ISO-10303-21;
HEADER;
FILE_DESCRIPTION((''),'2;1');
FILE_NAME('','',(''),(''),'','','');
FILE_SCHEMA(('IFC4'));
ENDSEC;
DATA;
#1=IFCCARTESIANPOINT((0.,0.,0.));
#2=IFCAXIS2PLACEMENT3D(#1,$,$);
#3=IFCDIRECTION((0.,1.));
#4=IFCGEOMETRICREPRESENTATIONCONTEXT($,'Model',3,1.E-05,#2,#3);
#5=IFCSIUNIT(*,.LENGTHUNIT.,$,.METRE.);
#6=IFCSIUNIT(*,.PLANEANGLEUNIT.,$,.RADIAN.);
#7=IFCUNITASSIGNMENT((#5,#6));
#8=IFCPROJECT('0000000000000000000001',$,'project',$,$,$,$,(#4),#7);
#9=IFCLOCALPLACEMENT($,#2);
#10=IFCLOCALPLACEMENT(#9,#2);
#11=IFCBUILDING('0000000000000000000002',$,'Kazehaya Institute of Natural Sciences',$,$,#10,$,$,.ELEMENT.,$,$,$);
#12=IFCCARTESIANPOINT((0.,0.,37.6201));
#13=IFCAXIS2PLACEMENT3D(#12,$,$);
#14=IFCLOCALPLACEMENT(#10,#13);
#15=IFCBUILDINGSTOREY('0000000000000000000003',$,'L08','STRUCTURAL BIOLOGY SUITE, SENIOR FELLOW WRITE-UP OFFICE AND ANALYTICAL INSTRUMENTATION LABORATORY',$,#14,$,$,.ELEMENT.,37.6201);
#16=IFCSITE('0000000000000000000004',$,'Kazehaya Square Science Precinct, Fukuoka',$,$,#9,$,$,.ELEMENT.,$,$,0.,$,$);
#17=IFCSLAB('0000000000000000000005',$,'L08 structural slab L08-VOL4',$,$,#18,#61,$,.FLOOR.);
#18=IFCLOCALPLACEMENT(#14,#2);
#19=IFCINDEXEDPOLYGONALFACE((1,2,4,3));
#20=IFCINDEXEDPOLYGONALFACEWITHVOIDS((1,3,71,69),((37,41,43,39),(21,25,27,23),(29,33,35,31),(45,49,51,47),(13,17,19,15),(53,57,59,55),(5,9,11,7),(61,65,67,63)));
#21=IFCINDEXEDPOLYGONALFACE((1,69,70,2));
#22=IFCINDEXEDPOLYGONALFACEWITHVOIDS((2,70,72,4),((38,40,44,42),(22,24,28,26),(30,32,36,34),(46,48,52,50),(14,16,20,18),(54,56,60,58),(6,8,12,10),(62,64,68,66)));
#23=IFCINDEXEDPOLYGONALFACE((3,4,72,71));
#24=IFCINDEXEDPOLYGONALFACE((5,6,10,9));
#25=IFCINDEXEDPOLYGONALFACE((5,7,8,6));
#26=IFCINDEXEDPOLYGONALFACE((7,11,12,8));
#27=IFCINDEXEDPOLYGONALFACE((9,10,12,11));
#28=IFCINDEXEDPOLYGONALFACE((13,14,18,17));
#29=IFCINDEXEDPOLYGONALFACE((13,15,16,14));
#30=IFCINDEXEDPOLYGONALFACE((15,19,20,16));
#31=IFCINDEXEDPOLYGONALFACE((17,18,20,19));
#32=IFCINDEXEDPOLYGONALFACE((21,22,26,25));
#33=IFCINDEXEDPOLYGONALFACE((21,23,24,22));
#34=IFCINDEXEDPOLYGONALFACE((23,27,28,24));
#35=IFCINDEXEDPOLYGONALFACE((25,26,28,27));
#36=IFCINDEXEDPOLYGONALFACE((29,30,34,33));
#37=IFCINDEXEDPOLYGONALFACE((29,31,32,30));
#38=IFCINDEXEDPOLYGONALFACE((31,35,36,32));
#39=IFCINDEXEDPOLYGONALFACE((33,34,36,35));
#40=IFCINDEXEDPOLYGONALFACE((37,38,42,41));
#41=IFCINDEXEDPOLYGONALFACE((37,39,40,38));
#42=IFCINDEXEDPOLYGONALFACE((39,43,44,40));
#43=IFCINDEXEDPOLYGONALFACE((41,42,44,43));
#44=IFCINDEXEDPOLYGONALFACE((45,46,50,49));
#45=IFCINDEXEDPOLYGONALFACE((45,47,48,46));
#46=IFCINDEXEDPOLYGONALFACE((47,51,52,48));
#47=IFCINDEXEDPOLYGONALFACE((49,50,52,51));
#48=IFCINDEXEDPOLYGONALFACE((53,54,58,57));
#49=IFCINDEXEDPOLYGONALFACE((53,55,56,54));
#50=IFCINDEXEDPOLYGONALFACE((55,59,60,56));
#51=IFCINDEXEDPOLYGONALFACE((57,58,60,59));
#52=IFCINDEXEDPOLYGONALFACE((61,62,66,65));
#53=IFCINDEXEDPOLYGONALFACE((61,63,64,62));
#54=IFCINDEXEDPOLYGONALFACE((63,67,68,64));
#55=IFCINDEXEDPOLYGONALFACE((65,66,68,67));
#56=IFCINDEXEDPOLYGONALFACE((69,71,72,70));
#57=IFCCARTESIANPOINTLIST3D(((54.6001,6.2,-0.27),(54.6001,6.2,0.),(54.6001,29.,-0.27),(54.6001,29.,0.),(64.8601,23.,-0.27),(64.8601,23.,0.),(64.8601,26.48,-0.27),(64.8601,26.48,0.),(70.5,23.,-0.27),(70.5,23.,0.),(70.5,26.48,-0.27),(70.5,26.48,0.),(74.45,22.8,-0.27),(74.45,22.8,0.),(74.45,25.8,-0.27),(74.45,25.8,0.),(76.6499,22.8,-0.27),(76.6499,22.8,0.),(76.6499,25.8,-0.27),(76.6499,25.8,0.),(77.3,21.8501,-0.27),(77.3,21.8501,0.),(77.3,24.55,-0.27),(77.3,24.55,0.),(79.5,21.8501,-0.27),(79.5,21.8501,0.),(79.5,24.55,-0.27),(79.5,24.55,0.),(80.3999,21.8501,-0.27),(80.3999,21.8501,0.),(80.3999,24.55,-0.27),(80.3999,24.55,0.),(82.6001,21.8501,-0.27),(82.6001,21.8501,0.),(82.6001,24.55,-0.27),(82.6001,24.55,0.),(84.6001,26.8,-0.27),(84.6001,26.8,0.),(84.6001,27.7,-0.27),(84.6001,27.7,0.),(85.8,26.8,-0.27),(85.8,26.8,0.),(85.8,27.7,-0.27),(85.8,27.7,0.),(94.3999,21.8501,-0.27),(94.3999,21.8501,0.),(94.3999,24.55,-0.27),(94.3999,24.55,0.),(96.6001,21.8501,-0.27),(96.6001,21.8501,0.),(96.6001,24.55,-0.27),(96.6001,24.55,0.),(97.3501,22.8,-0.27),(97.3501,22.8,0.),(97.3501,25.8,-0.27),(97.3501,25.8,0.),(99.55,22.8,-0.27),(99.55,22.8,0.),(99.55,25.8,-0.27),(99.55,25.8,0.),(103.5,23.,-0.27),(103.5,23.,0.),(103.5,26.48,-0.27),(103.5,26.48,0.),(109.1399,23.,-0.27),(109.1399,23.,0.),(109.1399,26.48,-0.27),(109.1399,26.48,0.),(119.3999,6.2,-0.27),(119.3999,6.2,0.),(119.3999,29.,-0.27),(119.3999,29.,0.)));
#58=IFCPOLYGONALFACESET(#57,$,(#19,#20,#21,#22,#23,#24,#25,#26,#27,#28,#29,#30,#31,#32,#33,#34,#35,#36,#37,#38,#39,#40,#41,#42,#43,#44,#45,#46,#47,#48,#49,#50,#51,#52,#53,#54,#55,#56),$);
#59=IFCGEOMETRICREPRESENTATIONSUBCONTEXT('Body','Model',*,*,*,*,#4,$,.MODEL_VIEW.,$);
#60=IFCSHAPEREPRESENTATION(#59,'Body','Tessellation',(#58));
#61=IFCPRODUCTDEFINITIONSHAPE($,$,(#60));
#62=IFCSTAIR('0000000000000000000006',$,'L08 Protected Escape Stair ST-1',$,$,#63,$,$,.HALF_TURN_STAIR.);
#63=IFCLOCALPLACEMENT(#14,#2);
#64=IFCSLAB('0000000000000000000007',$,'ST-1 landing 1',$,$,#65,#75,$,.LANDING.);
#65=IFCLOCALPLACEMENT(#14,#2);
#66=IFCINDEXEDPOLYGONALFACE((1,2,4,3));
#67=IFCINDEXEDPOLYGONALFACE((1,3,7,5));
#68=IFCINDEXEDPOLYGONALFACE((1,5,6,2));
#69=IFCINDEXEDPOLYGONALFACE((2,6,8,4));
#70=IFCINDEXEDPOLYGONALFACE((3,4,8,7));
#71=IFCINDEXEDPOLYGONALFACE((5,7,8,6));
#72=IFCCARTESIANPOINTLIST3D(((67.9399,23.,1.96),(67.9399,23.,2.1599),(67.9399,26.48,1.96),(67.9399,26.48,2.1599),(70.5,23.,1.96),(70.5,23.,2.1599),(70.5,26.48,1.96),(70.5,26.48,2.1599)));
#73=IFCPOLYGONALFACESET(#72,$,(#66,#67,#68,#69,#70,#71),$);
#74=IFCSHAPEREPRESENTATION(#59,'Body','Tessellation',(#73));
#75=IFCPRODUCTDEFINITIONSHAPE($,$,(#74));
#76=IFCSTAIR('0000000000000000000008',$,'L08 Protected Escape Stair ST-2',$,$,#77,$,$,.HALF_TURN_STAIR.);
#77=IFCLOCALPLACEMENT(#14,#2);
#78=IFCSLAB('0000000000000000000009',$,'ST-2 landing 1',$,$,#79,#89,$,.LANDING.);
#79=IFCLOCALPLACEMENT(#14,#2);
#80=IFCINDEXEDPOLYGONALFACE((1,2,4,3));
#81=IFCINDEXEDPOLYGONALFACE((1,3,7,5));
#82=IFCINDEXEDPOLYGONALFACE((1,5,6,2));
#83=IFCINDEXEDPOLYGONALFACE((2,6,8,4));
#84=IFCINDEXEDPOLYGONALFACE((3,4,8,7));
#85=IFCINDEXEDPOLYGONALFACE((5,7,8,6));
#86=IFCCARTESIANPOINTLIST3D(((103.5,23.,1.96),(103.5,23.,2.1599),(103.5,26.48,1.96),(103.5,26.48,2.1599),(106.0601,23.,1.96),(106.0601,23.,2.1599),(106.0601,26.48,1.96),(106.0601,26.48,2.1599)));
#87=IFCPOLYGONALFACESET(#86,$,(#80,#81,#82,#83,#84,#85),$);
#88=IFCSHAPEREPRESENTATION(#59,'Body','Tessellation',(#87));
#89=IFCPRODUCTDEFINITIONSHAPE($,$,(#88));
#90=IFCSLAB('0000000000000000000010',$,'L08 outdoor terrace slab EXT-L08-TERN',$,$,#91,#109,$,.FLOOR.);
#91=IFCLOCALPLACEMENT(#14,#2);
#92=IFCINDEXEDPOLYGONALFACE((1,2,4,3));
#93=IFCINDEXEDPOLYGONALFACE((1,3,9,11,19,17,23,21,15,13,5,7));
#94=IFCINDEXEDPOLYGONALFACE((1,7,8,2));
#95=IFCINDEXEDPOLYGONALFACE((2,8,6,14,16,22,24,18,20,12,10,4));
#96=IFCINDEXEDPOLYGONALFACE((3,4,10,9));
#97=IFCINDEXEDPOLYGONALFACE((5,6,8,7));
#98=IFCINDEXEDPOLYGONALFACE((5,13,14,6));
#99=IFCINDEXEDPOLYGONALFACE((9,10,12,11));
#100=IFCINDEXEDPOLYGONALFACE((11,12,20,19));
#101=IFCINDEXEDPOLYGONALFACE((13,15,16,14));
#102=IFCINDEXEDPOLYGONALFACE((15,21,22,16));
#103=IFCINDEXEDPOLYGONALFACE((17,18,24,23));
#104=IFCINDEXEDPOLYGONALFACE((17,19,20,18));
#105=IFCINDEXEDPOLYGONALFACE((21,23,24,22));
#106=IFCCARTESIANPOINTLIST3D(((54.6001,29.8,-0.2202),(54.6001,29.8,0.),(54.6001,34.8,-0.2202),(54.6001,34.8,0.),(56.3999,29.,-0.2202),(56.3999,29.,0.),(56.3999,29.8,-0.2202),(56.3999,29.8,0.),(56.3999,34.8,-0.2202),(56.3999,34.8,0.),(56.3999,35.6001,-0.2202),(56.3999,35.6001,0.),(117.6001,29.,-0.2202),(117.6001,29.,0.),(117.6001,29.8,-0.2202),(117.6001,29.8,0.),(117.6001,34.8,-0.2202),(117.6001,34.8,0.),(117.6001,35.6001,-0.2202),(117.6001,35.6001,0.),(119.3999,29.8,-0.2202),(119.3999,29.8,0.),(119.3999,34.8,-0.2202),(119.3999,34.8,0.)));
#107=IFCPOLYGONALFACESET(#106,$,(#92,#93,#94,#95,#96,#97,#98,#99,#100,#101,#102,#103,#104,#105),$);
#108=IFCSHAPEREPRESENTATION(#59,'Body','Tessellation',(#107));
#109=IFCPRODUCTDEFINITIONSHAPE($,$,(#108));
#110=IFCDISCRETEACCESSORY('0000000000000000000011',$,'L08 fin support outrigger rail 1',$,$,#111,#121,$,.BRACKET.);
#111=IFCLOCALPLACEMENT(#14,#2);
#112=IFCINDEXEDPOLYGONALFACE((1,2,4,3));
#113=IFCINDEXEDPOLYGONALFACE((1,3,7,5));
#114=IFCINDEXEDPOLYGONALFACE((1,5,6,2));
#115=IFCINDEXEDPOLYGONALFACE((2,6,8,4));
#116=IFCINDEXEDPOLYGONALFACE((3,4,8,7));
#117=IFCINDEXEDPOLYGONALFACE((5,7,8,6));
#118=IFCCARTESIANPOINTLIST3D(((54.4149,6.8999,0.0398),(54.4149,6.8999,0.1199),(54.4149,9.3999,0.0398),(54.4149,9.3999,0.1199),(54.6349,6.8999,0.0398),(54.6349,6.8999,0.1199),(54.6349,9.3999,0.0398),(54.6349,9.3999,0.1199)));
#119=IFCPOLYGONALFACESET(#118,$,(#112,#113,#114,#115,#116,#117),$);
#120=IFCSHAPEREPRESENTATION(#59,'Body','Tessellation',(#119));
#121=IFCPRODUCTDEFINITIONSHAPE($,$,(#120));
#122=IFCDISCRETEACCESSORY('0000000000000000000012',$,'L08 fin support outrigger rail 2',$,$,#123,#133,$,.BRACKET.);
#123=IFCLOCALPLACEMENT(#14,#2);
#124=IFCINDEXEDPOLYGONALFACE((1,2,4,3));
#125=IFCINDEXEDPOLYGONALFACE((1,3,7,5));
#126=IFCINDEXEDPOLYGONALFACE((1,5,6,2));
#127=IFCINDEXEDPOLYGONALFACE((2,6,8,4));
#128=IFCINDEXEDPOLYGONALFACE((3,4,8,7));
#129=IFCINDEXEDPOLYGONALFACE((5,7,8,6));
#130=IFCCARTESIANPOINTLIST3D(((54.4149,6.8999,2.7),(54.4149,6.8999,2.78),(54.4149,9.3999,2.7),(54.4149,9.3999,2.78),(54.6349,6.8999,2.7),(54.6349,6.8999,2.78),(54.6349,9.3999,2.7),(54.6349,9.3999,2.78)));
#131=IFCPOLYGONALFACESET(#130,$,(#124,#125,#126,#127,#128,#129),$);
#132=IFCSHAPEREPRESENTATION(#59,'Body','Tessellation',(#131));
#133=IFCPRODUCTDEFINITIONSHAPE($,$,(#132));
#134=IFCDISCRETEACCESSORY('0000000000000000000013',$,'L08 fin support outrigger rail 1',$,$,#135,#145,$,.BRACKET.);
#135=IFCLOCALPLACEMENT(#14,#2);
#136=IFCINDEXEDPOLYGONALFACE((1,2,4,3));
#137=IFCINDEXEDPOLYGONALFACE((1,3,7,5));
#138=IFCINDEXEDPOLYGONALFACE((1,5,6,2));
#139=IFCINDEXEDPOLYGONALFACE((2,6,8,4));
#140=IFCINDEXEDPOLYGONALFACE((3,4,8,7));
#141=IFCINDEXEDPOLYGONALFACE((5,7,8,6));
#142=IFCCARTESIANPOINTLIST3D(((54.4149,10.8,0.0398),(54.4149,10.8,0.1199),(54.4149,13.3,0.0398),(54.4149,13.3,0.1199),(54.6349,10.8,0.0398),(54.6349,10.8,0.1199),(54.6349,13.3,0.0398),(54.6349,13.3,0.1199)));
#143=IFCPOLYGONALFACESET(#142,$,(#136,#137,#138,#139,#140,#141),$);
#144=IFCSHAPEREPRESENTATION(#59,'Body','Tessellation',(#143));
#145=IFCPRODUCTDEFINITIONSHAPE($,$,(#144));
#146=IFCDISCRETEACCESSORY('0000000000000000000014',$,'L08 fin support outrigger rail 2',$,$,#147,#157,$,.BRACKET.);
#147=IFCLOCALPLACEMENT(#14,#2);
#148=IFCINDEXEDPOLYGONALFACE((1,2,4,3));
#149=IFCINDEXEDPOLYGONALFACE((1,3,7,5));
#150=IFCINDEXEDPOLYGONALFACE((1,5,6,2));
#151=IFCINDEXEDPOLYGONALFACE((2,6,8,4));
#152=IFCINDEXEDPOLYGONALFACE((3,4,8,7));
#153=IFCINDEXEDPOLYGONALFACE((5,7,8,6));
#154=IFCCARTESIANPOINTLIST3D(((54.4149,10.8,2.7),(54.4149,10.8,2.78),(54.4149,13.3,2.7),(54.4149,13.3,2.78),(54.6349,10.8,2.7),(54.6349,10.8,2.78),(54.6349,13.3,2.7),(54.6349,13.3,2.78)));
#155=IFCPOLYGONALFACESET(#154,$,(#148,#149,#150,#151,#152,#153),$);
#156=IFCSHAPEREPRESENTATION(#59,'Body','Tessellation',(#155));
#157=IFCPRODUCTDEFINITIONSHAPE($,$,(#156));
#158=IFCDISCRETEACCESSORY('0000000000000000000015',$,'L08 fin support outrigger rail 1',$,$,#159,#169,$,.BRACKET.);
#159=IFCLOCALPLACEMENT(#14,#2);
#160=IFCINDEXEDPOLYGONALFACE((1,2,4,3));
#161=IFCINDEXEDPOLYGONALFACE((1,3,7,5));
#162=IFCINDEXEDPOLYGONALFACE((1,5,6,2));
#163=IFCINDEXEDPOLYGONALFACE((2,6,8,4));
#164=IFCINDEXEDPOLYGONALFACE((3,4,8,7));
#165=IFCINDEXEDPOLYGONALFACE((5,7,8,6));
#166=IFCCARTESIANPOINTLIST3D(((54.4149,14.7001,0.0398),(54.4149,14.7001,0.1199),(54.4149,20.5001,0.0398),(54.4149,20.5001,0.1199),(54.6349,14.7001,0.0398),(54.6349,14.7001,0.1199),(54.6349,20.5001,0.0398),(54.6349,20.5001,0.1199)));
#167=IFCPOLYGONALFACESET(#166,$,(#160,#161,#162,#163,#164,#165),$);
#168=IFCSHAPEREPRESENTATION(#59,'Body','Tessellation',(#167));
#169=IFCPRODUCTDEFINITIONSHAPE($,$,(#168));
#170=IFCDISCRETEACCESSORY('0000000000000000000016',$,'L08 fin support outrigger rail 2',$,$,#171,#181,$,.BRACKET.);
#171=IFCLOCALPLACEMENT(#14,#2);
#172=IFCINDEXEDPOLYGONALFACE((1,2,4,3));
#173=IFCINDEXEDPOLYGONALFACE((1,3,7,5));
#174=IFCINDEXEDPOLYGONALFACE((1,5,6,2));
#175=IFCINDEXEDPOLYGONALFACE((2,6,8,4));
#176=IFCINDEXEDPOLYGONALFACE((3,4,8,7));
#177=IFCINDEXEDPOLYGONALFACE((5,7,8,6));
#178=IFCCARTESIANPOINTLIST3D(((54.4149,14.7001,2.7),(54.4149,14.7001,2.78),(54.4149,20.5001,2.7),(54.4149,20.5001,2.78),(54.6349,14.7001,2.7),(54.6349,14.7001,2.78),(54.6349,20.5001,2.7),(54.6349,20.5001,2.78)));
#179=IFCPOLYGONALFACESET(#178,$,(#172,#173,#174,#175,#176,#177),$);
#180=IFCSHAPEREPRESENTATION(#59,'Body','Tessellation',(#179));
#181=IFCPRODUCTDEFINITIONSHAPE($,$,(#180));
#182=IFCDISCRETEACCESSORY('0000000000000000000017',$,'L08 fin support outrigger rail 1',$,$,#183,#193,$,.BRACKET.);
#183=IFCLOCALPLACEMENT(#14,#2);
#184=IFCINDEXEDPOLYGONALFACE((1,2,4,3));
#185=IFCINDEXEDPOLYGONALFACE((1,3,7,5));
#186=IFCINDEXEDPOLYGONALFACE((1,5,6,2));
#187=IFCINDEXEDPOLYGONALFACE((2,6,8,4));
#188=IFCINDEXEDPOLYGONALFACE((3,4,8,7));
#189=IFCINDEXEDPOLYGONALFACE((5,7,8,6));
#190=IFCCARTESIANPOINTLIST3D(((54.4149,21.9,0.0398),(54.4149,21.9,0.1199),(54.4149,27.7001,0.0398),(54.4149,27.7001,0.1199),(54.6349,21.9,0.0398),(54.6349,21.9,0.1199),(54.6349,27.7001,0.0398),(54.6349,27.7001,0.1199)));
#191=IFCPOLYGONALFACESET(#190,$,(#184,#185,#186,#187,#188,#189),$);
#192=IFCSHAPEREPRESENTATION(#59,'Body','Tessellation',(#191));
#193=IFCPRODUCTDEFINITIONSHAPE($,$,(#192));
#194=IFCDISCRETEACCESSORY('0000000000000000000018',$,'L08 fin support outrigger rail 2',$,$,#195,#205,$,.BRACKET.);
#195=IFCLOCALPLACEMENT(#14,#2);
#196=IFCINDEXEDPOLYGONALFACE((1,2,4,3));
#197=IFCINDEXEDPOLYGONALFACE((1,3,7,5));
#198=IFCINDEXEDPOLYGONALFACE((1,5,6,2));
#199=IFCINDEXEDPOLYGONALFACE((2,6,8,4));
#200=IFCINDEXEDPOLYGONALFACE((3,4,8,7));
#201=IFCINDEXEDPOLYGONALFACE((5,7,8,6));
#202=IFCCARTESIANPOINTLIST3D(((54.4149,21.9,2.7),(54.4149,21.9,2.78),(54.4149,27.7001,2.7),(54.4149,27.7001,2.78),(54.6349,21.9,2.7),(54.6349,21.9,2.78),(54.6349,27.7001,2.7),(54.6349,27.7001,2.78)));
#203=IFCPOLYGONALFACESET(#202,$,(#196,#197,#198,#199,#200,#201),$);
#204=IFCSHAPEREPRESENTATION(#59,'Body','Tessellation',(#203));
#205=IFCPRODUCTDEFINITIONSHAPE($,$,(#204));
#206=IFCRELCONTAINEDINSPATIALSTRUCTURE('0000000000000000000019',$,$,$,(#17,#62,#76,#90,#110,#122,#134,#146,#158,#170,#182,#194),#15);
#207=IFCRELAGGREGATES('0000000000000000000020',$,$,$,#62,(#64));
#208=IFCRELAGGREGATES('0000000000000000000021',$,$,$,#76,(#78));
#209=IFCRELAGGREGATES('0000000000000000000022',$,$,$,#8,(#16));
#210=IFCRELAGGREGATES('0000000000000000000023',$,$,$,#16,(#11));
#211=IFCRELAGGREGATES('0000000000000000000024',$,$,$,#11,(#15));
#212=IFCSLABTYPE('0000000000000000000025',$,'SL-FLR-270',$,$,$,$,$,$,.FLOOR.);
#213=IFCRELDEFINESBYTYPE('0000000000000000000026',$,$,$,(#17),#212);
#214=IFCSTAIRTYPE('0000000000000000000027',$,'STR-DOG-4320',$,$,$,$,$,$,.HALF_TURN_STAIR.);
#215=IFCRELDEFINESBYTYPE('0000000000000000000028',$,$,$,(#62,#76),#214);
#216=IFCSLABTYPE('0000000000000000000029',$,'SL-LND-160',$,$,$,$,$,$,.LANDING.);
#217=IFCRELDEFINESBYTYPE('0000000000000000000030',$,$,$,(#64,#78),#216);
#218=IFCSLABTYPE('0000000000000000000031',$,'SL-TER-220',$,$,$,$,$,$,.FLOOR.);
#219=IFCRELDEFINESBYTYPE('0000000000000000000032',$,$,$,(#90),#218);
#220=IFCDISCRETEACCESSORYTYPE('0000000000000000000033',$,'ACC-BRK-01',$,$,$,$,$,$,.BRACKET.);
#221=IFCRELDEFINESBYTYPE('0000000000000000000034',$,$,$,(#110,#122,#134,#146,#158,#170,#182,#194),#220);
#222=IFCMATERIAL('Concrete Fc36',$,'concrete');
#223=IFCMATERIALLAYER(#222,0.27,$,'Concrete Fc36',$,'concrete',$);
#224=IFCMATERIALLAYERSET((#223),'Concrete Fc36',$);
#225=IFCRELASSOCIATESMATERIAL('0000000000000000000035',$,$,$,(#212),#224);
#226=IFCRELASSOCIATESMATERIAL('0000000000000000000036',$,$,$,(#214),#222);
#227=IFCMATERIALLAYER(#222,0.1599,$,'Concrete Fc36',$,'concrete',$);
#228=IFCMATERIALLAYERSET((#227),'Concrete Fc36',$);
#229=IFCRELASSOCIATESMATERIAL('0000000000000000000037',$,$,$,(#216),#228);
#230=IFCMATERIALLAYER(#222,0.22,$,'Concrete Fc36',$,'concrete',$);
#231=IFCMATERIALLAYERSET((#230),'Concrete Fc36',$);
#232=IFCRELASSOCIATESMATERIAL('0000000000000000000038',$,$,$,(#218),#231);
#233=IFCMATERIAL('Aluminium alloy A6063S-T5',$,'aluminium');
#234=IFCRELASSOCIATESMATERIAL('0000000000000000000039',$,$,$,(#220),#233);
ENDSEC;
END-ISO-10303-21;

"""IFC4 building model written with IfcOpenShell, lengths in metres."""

from ifc_helpers import new_model, si_unit, direction, frame, origin, origin_2d, place, context, subcontext, project, spatial, polyline, rectangle, outline, extrude, material, layer, layer_set, type_object, element, aggregate, save


model = new_model("IFC4")

# Units and contexts
model_context = context("Model", 3, precision=1e-05, world=origin(), true_north=direction((0.0, 1.0)))
body_context = subcontext(model_context, "Body", "Model", "MODEL_VIEW")
ifc_project = project(units=[si_unit("LENGTHUNIT", "METRE"), si_unit("PLANEANGLEUNIT", "RADIAN")], contexts=[model_context])

# Site, building, storey
site_placement = place(None, origin())
site = spatial("IfcSite", under=ifc_project, at=site_placement, Name="Kazehaya Square Science Precinct, Fukuoka", CompositionType="ELEMENT", RefElevation=0.0)
building_placement = place(site_placement, origin())
building = spatial("IfcBuilding", under=site, at=building_placement, Name="Kazehaya Institute of Natural Sciences", CompositionType="ELEMENT")
storey_placement = place(building_placement, frame((0.0, 0.0, 37.6201)))
storey = spatial("IfcBuildingStorey", under=building, at=storey_placement, Name="L08", Description="STRUCTURAL BIOLOGY SUITE, SENIOR FELLOW WRITE-UP OFFICE AND ANALYTICAL INSTRUMENTATION LABORATORY", CompositionType="ELEMENT", Elevation=37.6201)

# Shared definitions
ifc_material_1 = material(Name="Concrete Fc36", Category="concrete")

# Shared definitions
ifc_material_2 = material(Name="Aluminium alloy A6063S-T5", Category="aluminium")

# Slab
ifc_layer_1 = layer(ifc_material_1, 0.27, Name="Concrete Fc36", Category="concrete")
ifc_layer_set_1 = layer_set([ifc_layer_1], Name="Concrete Fc36")
slab_type_1 = type_object("IfcSlabType", Name="SL-FLR-270", PredefinedType="FLOOR", material=ifc_layer_set_1)
slab_1_placement = place(storey_placement, frame((0.0, 0.0, -0.27)))
element("IfcSlab", 1, at=slab_1_placement, inside=storey, type_object=slab_type_1, Name="L08 structural slab L08-VOL4", PredefinedType="FLOOR", context=body_context, shape_type="SweptSolid", body=[
    extrude(outline(polyline([(54.6001, 6.2), (119.3999, 6.2), (119.3999, 29.0), (54.6001, 29.0), (54.6001, 6.2)]), holes=[polyline([(84.6001, 26.8), (85.8, 26.8), (85.8, 27.7), (84.6001, 27.7), (84.6001, 26.8)]), polyline([(64.8601, 23.0), (70.5, 23.0), (70.5, 26.48), (64.8601, 26.48), (64.8601, 23.0)]), polyline([(103.5, 23.0), (109.1399, 23.0), (109.1399, 26.48), (103.5, 26.48), (103.5, 23.0)]), polyline([(74.45, 22.8), (76.6499, 22.8), (76.6499, 25.8), (74.45, 25.8), (74.45, 22.8)]), polyline([(97.3501, 22.8), (99.55, 22.8), (99.55, 25.8), (97.3501, 25.8), (97.3501, 22.8)]), polyline([(77.3, 21.8501), (79.5, 21.8501), (79.5, 24.55), (77.3, 24.55), (77.3, 21.8501)]), polyline([(80.3999, 21.8501), (82.6001, 21.8501), (82.6001, 24.55), (80.3999, 24.55), (80.3999, 21.8501)]), polyline([(94.3999, 21.8501), (96.6001, 21.8501), (96.6001, 24.55), (94.3999, 24.55), (94.3999, 21.8501)])]), origin(), (0.0, 0.0, 1.0), 0.27),
])

# Stairs, slabs
stair_type = type_object("IfcStairType", Name="STR-DOG-4320", PredefinedType="HALF_TURN_STAIR", material=ifc_material_1)
stair_1_placement = place(storey_placement, origin())
stair_1 = element("IfcStair", 2, at=stair_1_placement, inside=storey, type_object=stair_type, Name="L08 Protected Escape Stair ST-1", PredefinedType="HALF_TURN_STAIR")
ifc_layer_2 = layer(ifc_material_1, 0.1599, Name="Concrete Fc36", Category="concrete")
ifc_layer_set_2 = layer_set([ifc_layer_2], Name="Concrete Fc36")
slab_type_2 = type_object("IfcSlabType", Name="SL-LND-160", PredefinedType="LANDING", material=ifc_layer_set_2)
slab_2_placement = place(storey_placement, frame((0.0, 0.0, 1.96)))
slab_2 = element("IfcSlab", 3, at=slab_2_placement, type_object=slab_type_2, Name="ST-1 landing 1", PredefinedType="LANDING", context=body_context, shape_type="SweptSolid", body=[
    extrude(outline(polyline([(67.9399, 23.0), (70.5, 23.0), (70.5, 26.48), (67.9399, 26.48), (67.9399, 23.0)])), origin(), (0.0, 0.0, 1.0), 0.2),
])
aggregate(stair_1, [slab_2])
stair_2_placement = place(storey_placement, origin())
stair_2 = element("IfcStair", 4, at=stair_2_placement, inside=storey, type_object=stair_type, Name="L08 Protected Escape Stair ST-2", PredefinedType="HALF_TURN_STAIR")
slab_3_placement = place(storey_placement, frame((0.0, 0.0, 1.96)))
slab_3 = element("IfcSlab", 5, at=slab_3_placement, type_object=slab_type_2, Name="ST-2 landing 1", PredefinedType="LANDING", context=body_context, shape_type="SweptSolid", body=[
    extrude(outline(polyline([(106.0601, 26.48), (103.5, 26.48), (103.5, 23.0), (106.0601, 23.0), (106.0601, 26.48)])), origin(), (0.0, 0.0, 1.0), 0.2),
])
aggregate(stair_2, [slab_3])

# Slab
ifc_layer_3 = layer(ifc_material_1, 0.22, Name="Concrete Fc36", Category="concrete")
ifc_layer_set_3 = layer_set([ifc_layer_3], Name="Concrete Fc36")
slab_type_3 = type_object("IfcSlabType", Name="SL-TER-220", PredefinedType="FLOOR", material=ifc_layer_set_3)
slab_4_placement = place(storey_placement, frame((0.0, 0.0, -0.2202)))
element("IfcSlab", 6, at=slab_4_placement, inside=storey, type_object=slab_type_3, Name="L08 outdoor terrace slab EXT-L08-TERN", PredefinedType="FLOOR", context=body_context, shape_type="SweptSolid", body=[
    extrude(outline(polyline([(56.3999, 29.0), (117.6001, 29.0), (117.6001, 29.8), (119.3999, 29.8), (119.3999, 34.8), (117.6001, 34.8), (117.6001, 35.6001), (56.3999, 35.6001), (56.3999, 34.8), (54.6001, 34.8), (54.6001, 29.8), (56.3999, 29.8), (56.3999, 29.0)])), origin(), (0.0, 0.0, 1.0), 0.2202),
])

# Discrete accessories
discrete_accessory_type_1 = type_object("IfcDiscreteAccessoryType", Name="ACC-BRK-01", PredefinedType="BRACKET", material=ifc_material_2)
for number, where, z_axis, x_axis, name in (
    (7, (54.5249, 8.1499, 0.0398), (0.0, 0.0, 1.0), (0.0, 1.0, 0.0), "L08 fin support outrigger rail 1"),
    (8, (54.5249, 8.1499, 2.7), (0.0, 0.0, 1.0), (0.0, 1.0, 0.0), "L08 fin support outrigger rail 2"),
    (9, (54.5249, 12.05, 0.0398), (0.0, 0.0, 1.0), (0.0, 1.0, 0.0), "L08 fin support outrigger rail 1"),
    (10, (54.5249, 12.05, 2.7), (0.0, 0.0, 1.0), (0.0, 1.0, 0.0), "L08 fin support outrigger rail 2"),
):
    element("IfcDiscreteAccessory", number, at=place(storey_placement, frame(where, z_axis=z_axis, x_axis=x_axis)), inside=storey, type_object=discrete_accessory_type_1, Name=name, PredefinedType="BRACKET", context=body_context, shape_type="SweptSolid", body=[
        extrude(rectangle(XDim=2.5, YDim=0.22, at=origin_2d()), origin(), (0.0, 0.0, 1.0), 0.0801),
    ])
for number, where, z_axis, x_axis, name in (
    (11, (54.5249, 17.6001, 0.0398), (0.0, 0.0, 1.0), (0.0, 1.0, 0.0), "L08 fin support outrigger rail 1"),
    (12, (54.5249, 17.6001, 2.7), (0.0, 0.0, 1.0), (0.0, 1.0, 0.0), "L08 fin support outrigger rail 2"),
    (13, (54.5249, 24.8, 0.0398), (0.0, 0.0, 1.0), (0.0, 1.0, 0.0), "L08 fin support outrigger rail 1"),
    (14, (54.5249, 24.8, 2.7), (0.0, 0.0, 1.0), (0.0, 1.0, 0.0), "L08 fin support outrigger rail 2"),
):
    element("IfcDiscreteAccessory", number, at=place(storey_placement, frame(where, z_axis=z_axis, x_axis=x_axis)), inside=storey, type_object=discrete_accessory_type_1, Name=name, PredefinedType="BRACKET", context=body_context, shape_type="SweptSolid", body=[
        extrude(rectangle(XDim=5.8, YDim=0.22, at=origin_2d()), origin(), (0.0, 0.0, 1.0), 0.0801),
    ])

save(model, "model.ifc")
